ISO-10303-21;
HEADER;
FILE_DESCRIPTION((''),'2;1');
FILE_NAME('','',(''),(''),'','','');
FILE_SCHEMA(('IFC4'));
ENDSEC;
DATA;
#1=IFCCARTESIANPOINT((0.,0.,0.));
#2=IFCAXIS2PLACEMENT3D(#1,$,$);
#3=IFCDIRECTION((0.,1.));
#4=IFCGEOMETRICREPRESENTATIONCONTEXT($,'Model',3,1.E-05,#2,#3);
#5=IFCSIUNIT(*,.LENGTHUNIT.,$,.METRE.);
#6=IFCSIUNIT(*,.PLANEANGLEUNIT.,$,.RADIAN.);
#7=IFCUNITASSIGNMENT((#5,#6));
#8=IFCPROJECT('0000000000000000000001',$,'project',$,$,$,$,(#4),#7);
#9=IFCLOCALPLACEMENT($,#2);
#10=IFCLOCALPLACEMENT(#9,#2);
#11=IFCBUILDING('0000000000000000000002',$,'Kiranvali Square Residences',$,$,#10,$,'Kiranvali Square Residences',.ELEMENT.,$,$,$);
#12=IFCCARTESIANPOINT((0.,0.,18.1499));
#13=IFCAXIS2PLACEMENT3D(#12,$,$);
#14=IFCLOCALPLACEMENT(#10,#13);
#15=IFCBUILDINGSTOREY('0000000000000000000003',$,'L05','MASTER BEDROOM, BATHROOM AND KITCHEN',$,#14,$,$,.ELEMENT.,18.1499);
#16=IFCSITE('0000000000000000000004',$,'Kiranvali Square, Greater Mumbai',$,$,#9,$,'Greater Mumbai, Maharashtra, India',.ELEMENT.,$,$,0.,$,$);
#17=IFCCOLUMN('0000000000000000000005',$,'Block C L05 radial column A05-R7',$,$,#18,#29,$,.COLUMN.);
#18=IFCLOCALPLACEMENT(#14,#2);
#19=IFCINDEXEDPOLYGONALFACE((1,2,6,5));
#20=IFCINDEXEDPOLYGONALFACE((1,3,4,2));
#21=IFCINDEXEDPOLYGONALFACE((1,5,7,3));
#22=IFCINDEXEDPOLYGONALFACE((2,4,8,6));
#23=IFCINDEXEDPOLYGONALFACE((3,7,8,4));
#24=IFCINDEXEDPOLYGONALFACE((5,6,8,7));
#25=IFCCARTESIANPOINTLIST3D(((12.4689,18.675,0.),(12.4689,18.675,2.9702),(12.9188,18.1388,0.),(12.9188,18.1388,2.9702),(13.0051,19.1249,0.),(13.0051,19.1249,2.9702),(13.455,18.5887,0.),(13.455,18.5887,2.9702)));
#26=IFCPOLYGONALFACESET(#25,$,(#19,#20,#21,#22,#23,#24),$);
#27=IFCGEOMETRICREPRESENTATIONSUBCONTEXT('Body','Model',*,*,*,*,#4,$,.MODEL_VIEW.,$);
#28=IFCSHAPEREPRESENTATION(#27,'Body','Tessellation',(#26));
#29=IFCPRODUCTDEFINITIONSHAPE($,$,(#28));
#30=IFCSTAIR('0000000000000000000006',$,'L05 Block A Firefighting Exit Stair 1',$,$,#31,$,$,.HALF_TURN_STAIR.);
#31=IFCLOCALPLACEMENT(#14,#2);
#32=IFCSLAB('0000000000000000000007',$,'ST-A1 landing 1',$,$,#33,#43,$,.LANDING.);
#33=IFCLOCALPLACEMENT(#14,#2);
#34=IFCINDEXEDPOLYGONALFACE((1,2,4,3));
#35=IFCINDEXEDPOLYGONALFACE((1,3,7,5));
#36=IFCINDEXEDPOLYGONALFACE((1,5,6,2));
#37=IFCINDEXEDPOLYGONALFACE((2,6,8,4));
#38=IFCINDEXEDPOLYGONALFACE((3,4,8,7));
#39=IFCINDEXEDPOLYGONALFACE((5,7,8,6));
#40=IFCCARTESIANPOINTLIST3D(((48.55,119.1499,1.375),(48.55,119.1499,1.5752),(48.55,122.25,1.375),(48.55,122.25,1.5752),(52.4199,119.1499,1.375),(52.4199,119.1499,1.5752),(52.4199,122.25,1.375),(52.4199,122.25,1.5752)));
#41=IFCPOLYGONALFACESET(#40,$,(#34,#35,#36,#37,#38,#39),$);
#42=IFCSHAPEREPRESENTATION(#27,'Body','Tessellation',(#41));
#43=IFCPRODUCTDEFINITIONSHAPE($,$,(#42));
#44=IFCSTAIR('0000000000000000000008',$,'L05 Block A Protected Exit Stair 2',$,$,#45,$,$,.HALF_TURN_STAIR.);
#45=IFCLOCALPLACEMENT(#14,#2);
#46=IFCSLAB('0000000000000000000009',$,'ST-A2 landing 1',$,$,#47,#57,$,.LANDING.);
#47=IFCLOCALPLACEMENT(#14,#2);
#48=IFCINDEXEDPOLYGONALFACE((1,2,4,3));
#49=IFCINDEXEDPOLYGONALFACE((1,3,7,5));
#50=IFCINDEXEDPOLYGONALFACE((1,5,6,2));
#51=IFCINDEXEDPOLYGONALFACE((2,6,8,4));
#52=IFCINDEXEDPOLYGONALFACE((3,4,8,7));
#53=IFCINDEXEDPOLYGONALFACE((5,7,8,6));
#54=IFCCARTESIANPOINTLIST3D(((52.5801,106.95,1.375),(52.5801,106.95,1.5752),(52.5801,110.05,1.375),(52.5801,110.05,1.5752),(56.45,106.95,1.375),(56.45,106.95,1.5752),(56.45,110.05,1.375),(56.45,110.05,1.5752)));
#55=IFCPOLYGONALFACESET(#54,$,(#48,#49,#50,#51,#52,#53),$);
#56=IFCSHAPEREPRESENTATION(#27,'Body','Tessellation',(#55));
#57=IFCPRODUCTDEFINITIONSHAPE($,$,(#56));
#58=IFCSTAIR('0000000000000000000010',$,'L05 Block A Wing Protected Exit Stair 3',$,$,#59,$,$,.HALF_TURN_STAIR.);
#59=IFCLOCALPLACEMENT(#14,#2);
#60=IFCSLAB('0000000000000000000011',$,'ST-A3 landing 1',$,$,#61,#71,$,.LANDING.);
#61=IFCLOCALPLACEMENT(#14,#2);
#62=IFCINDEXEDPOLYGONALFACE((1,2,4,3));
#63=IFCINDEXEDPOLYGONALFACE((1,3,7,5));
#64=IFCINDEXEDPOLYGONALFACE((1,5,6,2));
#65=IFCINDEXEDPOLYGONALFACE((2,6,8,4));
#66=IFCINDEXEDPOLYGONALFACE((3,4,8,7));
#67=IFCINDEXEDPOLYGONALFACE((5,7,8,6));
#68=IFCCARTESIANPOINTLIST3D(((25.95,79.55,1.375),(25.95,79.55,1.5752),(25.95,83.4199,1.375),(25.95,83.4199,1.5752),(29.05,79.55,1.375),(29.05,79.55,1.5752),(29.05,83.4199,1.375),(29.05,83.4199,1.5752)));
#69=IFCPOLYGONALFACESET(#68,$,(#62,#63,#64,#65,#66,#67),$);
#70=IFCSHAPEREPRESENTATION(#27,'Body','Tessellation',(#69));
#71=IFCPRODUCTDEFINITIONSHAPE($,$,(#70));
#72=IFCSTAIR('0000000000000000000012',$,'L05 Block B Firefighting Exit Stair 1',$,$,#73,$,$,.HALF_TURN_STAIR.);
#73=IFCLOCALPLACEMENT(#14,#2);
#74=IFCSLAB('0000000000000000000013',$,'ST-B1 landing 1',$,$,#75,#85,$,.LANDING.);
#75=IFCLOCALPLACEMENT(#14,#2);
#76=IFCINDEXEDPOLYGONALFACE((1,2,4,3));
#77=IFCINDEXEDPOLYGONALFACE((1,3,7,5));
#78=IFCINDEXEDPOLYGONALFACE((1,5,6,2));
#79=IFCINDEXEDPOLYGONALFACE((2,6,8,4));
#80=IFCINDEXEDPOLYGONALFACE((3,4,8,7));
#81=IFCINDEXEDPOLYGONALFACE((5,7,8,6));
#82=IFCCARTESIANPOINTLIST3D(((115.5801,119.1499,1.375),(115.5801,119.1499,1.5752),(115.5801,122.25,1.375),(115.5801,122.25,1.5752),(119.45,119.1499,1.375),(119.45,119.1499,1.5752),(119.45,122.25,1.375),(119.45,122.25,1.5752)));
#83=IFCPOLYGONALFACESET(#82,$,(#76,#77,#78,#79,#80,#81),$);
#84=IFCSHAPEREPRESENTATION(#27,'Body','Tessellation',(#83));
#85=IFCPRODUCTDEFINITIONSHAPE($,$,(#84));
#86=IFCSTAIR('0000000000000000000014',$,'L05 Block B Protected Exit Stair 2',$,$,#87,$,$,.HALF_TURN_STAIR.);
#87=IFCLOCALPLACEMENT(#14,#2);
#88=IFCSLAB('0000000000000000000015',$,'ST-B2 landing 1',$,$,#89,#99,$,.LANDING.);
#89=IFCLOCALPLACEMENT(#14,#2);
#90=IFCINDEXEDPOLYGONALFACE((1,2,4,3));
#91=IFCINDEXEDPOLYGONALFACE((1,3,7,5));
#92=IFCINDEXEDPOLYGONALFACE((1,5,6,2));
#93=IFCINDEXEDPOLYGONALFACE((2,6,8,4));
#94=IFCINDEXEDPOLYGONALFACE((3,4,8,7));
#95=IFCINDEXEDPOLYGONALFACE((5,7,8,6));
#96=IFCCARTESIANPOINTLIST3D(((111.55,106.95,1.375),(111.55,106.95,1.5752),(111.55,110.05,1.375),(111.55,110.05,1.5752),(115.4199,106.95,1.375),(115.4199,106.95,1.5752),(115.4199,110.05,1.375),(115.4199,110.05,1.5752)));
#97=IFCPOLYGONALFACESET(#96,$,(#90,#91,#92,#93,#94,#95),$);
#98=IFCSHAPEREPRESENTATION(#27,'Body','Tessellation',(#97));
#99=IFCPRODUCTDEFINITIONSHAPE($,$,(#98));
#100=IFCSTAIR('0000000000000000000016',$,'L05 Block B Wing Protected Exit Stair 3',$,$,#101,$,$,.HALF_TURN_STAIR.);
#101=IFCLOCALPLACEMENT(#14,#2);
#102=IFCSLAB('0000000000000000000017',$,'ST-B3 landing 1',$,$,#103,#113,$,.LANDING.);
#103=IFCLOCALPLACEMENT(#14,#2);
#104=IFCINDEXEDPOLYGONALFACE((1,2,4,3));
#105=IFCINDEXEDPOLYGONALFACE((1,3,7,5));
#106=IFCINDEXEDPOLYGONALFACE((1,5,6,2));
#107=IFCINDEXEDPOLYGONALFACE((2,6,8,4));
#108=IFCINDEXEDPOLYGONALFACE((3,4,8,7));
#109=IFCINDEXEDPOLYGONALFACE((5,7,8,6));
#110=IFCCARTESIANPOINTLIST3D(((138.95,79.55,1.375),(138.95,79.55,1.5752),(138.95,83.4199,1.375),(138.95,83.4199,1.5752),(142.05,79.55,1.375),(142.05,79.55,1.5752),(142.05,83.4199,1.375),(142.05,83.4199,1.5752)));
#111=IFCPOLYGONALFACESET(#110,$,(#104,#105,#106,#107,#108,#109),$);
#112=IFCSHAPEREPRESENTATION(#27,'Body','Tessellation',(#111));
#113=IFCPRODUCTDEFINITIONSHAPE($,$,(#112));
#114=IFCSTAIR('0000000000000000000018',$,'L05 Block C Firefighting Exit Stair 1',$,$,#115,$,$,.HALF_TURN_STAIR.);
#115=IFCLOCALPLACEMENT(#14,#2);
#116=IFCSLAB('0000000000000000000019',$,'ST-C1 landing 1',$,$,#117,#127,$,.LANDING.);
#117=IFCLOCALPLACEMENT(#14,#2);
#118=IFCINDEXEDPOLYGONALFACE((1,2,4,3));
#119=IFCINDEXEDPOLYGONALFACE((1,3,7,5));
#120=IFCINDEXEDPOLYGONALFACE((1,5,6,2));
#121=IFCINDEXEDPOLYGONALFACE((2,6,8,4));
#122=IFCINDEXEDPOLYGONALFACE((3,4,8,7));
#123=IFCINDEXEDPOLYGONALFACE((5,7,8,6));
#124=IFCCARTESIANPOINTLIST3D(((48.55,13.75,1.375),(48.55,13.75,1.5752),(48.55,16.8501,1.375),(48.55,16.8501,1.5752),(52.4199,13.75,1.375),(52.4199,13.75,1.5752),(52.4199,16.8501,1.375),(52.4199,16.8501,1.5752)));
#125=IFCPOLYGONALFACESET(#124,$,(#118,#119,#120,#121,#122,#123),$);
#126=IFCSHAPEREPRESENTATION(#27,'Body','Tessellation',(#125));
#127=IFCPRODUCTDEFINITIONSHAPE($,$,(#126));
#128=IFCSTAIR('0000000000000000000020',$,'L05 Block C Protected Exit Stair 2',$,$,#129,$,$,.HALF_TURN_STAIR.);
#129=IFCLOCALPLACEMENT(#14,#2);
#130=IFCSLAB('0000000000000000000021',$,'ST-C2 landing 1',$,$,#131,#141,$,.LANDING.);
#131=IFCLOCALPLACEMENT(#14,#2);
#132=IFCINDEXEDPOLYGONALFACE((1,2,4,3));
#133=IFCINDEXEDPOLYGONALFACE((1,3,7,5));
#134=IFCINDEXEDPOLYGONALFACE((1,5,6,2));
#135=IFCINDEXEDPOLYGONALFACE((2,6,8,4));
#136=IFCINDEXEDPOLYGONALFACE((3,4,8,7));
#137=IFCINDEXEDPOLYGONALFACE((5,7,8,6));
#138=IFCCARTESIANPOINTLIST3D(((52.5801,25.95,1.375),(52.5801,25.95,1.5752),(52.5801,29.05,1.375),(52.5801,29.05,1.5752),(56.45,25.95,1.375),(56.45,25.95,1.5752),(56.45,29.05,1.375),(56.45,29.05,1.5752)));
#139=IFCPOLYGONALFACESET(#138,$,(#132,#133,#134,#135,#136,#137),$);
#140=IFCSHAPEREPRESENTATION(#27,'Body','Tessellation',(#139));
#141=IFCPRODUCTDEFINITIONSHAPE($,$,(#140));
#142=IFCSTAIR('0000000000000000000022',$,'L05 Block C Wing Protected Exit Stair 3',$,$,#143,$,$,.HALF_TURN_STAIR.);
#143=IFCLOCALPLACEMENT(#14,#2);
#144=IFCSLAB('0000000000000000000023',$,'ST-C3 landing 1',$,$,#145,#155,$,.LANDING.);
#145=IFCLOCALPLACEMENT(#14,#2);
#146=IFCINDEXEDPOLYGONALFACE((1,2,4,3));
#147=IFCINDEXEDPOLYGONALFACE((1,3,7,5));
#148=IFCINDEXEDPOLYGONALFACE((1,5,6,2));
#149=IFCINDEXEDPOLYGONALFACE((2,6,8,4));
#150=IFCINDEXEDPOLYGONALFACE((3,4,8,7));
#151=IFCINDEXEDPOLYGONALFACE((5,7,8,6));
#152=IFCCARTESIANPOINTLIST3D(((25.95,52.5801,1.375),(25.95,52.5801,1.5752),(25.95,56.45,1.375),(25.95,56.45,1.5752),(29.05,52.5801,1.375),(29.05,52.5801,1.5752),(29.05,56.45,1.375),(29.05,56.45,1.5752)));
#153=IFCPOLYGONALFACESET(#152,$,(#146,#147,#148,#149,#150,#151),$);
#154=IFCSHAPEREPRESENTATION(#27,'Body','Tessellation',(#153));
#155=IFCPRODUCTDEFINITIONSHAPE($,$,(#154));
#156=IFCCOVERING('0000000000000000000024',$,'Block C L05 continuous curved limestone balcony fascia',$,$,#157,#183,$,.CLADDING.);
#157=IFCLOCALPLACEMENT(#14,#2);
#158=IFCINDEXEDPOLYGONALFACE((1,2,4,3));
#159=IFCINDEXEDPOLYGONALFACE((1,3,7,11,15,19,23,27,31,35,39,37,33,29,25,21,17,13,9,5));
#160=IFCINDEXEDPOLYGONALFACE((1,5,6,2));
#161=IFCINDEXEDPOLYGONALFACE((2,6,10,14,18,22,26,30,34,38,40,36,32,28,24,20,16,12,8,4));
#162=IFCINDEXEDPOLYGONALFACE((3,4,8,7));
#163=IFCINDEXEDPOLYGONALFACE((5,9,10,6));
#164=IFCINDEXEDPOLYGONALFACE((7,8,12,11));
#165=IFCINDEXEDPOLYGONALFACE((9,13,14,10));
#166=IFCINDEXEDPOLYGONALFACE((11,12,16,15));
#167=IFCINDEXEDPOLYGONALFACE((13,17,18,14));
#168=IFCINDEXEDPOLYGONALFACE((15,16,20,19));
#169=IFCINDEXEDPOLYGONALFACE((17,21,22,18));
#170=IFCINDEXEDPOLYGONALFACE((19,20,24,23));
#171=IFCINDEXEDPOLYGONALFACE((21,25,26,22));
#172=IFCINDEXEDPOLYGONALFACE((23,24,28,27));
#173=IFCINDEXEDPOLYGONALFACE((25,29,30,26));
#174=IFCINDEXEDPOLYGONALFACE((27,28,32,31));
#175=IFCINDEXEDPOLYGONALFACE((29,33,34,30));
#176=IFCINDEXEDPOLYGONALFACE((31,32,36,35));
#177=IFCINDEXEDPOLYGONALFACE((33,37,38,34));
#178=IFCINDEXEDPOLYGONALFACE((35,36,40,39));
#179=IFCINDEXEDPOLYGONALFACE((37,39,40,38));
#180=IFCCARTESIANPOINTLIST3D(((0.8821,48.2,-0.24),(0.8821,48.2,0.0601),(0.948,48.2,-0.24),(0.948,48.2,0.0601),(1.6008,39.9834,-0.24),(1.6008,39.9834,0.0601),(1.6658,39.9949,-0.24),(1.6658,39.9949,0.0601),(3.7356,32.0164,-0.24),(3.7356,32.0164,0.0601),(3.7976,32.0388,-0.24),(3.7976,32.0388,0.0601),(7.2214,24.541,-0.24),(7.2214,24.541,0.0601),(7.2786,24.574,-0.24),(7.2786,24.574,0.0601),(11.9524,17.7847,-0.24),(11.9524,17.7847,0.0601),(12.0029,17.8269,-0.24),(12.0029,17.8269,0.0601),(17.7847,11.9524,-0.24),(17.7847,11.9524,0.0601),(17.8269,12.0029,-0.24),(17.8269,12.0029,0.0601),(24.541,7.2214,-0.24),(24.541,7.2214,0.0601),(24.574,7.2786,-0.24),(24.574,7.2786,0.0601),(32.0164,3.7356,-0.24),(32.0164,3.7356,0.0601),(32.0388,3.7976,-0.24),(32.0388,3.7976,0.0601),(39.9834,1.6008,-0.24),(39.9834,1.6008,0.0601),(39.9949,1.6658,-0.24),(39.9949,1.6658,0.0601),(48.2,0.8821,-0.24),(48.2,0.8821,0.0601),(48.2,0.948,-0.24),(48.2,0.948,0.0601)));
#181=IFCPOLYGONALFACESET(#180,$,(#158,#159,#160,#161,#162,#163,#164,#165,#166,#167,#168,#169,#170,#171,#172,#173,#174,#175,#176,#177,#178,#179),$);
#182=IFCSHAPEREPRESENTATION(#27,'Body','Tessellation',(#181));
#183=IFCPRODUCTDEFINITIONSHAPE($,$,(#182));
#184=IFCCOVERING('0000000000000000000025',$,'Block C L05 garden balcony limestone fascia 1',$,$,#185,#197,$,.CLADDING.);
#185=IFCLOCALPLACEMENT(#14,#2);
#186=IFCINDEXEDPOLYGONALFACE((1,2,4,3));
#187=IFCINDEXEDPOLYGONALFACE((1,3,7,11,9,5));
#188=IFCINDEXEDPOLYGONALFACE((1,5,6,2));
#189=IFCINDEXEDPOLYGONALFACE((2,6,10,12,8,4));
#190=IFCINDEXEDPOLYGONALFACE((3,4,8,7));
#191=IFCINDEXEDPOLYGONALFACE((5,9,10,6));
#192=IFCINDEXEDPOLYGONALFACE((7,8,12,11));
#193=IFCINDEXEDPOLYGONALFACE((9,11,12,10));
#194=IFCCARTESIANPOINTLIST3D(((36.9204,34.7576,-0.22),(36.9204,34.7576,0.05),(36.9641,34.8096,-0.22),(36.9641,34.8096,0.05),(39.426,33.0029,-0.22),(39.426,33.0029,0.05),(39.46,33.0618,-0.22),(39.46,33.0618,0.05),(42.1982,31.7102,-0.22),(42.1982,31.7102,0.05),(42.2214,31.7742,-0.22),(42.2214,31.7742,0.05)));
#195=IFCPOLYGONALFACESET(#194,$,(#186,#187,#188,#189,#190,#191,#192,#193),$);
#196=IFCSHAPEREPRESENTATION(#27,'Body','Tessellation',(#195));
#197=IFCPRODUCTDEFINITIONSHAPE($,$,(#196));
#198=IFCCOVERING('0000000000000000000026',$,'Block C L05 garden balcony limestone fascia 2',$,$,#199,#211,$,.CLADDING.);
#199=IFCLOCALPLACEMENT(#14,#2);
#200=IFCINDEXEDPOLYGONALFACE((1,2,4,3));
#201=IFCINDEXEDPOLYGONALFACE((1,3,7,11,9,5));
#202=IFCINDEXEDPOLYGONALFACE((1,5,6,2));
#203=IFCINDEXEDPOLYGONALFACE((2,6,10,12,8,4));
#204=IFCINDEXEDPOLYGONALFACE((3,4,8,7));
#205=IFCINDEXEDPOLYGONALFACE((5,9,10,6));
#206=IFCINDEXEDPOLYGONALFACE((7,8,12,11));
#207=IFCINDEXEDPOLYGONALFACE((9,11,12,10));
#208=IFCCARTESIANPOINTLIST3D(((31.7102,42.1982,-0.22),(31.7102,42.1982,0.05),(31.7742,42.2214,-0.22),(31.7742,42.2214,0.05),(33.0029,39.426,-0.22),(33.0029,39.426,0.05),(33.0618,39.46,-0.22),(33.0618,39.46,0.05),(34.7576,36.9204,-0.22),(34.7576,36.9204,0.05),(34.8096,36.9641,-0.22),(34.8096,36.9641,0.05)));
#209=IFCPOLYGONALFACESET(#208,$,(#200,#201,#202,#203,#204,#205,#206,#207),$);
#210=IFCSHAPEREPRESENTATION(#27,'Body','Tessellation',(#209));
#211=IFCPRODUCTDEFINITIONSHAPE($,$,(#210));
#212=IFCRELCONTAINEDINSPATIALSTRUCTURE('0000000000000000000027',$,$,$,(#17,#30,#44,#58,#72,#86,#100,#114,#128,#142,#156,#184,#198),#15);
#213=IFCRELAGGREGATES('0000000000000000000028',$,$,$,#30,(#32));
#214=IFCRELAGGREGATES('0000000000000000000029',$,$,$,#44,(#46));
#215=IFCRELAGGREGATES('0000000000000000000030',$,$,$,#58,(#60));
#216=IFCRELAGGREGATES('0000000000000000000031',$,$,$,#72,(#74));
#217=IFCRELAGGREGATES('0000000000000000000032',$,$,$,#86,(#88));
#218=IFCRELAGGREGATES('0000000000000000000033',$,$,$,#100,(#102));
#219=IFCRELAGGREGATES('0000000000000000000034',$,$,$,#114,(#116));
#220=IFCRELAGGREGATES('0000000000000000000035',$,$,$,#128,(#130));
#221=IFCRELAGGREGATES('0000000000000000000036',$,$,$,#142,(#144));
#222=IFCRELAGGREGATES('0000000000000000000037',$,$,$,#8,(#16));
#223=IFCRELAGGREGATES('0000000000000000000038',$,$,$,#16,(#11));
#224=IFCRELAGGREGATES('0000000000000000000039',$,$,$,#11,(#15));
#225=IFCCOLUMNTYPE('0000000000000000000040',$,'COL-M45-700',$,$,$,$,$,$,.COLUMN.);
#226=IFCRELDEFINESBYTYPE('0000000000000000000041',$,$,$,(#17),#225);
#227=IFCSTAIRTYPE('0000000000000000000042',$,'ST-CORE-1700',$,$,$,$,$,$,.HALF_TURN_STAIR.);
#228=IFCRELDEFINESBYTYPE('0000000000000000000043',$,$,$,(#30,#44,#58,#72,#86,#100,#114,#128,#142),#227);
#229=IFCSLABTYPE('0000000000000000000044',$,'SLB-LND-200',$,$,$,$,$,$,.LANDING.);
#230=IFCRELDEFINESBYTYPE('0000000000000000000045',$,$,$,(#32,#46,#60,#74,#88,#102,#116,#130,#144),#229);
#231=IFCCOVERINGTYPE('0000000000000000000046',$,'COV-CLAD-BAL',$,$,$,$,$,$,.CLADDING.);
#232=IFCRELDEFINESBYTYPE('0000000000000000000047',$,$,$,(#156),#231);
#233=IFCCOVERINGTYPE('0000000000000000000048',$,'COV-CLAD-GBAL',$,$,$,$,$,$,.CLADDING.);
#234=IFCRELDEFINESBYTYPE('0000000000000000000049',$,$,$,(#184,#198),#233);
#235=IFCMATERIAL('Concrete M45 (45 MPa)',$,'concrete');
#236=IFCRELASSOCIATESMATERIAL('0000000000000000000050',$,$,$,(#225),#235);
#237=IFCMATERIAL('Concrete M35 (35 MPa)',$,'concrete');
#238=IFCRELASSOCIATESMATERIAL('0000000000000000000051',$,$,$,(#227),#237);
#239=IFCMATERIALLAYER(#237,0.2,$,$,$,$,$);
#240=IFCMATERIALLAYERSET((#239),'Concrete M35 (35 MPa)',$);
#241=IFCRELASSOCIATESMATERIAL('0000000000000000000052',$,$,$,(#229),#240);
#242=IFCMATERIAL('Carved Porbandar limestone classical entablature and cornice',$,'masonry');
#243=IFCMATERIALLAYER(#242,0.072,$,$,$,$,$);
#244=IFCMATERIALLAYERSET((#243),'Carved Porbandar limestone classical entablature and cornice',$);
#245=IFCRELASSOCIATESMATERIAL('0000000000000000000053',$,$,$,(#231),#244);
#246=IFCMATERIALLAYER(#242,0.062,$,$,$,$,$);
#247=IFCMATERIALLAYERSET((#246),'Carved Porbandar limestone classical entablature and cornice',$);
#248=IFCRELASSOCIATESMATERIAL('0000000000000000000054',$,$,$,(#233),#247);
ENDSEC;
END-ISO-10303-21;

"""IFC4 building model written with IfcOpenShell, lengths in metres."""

from ifc_helpers import new_model, si_unit, direction, frame, origin, origin_2d, place, context, subcontext, project, spatial, polyline, rectangle, outline, extrude, material, layer, layer_set, material_profile, profile_set, type_object, element, aggregate, save


model = new_model("IFC4")

# Units and contexts
model_context = context("Model", 3, precision=1e-05, world=origin(), true_north=direction((0.0, 1.0)))
body_context = subcontext(model_context, "Body", "Model", "MODEL_VIEW")
ifc_project = project(units=[si_unit("LENGTHUNIT", "METRE"), si_unit("PLANEANGLEUNIT", "RADIAN")], contexts=[model_context])

# Site, building, storey
site_placement = place(None, origin())
site = spatial("IfcSite", under=ifc_project, at=site_placement, Name="Kiranvali Square, Greater Mumbai", LongName="Greater Mumbai, Maharashtra, India", CompositionType="ELEMENT", RefElevation=0.0)
building_placement = place(site_placement, origin())
building = spatial("IfcBuilding", under=site, at=building_placement, Name="Kiranvali Square Residences", LongName="Kiranvali Square Residences", CompositionType="ELEMENT")
storey_placement = place(building_placement, frame((0.0, 0.0, 18.1499)))
storey = spatial("IfcBuildingStorey", under=building, at=storey_placement, Name="L05", Description="MASTER BEDROOM, BATHROOM AND KITCHEN", CompositionType="ELEMENT", Elevation=18.1499)

# Column
ifc_material_1 = material(Name="Concrete M45 (45 MPa)", Category="concrete")
ifc_material_profile = material_profile(ifc_material_1, rectangle(XDim=0.7, YDim=0.7, at=origin_2d()), Name="RC 700x700")
ifc_profile_set = profile_set([ifc_material_profile], Name="Concrete M45 (45 MPa)")
column_type = type_object("IfcColumnType", Name="COL-M45-700", PredefinedType="COLUMN", material=ifc_profile_set)
column_placement = place(storey_placement, frame((12.9619, 18.6318, 0.0), z_axis=(0.0, 0.0, 1.0), x_axis=(-0.642788, 0.766044, 0.0)))
element("IfcColumn", 1, at=column_placement, inside=storey, type_object=column_type, Name="Block C L05 radial column A05-R7", PredefinedType="COLUMN", context=body_context, shape_type="SweptSolid", body=[
    extrude(rectangle(XDim=0.7, YDim=0.7, at=origin_2d()), origin(), (0.0, 0.0, 1.0), 2.9702),
])

# Stairs, slabs
ifc_material_2 = material(Name="Concrete M35 (35 MPa)", Category="concrete")
stair_type = type_object("IfcStairType", Name="ST-CORE-1700", PredefinedType="HALF_TURN_STAIR", material=ifc_material_2)
stair_1_placement = place(storey_placement, origin())
stair_1 = element("IfcStair", 2, at=stair_1_placement, inside=storey, type_object=stair_type, Name="L05 Block A Firefighting Exit Stair 1", PredefinedType="HALF_TURN_STAIR")
ifc_layer_1 = layer(ifc_material_2, 0.2)
ifc_layer_set_1 = layer_set([ifc_layer_1], Name="Concrete M35 (35 MPa)")
slab_type = type_object("IfcSlabType", Name="SLB-LND-200", PredefinedType="LANDING", material=ifc_layer_set_1)
slab_1_placement = place(storey_placement, frame((0.0, 0.0, 1.375)))
slab_1 = element("IfcSlab", 3, at=slab_1_placement, type_object=slab_type, Name="ST-A1 landing 1", PredefinedType="LANDING", context=body_context, shape_type="SweptSolid", body=[
    extrude(outline(polyline([(52.4199, 122.25), (48.55, 122.25), (48.55, 119.1499), (52.4199, 119.1499), (52.4199, 122.25)])), origin(), (0.0, 0.0, 1.0), 0.2002),
])
aggregate(stair_1, [slab_1])
stair_2_placement = place(storey_placement, origin())
stair_2 = element("IfcStair", 4, at=stair_2_placement, inside=storey, type_object=stair_type, Name="L05 Block A Protected Exit Stair 2", PredefinedType="HALF_TURN_STAIR")
slab_2_placement = place(storey_placement, frame((0.0, 0.0, 1.375)))
slab_2 = element("IfcSlab", 5, at=slab_2_placement, type_object=slab_type, Name="ST-A2 landing 1", PredefinedType="LANDING", context=body_context, shape_type="SweptSolid", body=[
    extrude(outline(polyline([(52.5801, 106.95), (56.45, 106.95), (56.45, 110.05), (52.5801, 110.05), (52.5801, 106.95)])), origin(), (0.0, 0.0, 1.0), 0.2002),
])
aggregate(stair_2, [slab_2])
stair_3_placement = place(storey_placement, origin())
stair_3 = element("IfcStair", 6, at=stair_3_placement, inside=storey, type_object=stair_type, Name="L05 Block A Wing Protected Exit Stair 3", PredefinedType="HALF_TURN_STAIR")
slab_3_placement = place(storey_placement, frame((0.0, 0.0, 1.375)))
slab_3 = element("IfcSlab", 7, at=slab_3_placement, type_object=slab_type, Name="ST-A3 landing 1", PredefinedType="LANDING", context=body_context, shape_type="SweptSolid", body=[
    extrude(outline(polyline([(25.95, 83.4199), (25.95, 79.55), (29.05, 79.55), (29.05, 83.4199), (25.95, 83.4199)])), origin(), (0.0, 0.0, 1.0), 0.2002),
])
aggregate(stair_3, [slab_3])
stair_4_placement = place(storey_placement, origin())
stair_4 = element("IfcStair", 8, at=stair_4_placement, inside=storey, type_object=stair_type, Name="L05 Block B Firefighting Exit Stair 1", PredefinedType="HALF_TURN_STAIR")
slab_4_placement = place(storey_placement, frame((0.0, 0.0, 1.375)))
slab_4 = element("IfcSlab", 9, at=slab_4_placement, type_object=slab_type, Name="ST-B1 landing 1", PredefinedType="LANDING", context=body_context, shape_type="SweptSolid", body=[
    extrude(outline(polyline([(115.5801, 119.1499), (119.45, 119.1499), (119.45, 122.25), (115.5801, 122.25), (115.5801, 119.1499)])), origin(), (0.0, 0.0, 1.0), 0.2002),
])
aggregate(stair_4, [slab_4])
stair_5_placement = place(storey_placement, origin())
stair_5 = element("IfcStair", 10, at=stair_5_placement, inside=storey, type_object=stair_type, Name="L05 Block B Protected Exit Stair 2", PredefinedType="HALF_TURN_STAIR")
slab_5_placement = place(storey_placement, frame((0.0, 0.0, 1.375)))
slab_5 = element("IfcSlab", 11, at=slab_5_placement, type_object=slab_type, Name="ST-B2 landing 1", PredefinedType="LANDING", context=body_context, shape_type="SweptSolid", body=[
    extrude(outline(polyline([(115.4199, 110.05), (111.55, 110.05), (111.55, 106.95), (115.4199, 106.95), (115.4199, 110.05)])), origin(), (0.0, 0.0, 1.0), 0.2002),
])
aggregate(stair_5, [slab_5])
stair_6_placement = place(storey_placement, origin())
stair_6 = element("IfcStair", 12, at=stair_6_placement, inside=storey, type_object=stair_type, Name="L05 Block B Wing Protected Exit Stair 3", PredefinedType="HALF_TURN_STAIR")
slab_6_placement = place(storey_placement, frame((0.0, 0.0, 1.375)))
slab_6 = element("IfcSlab", 13, at=slab_6_placement, type_object=slab_type, Name="ST-B3 landing 1", PredefinedType="LANDING", context=body_context, shape_type="SweptSolid", body=[
    extrude(outline(polyline([(138.95, 83.4199), (138.95, 79.55), (142.05, 79.55), (142.05, 83.4199), (138.95, 83.4199)])), origin(), (0.0, 0.0, 1.0), 0.2002),
])
aggregate(stair_6, [slab_6])
stair_7_placement = place(storey_placement, origin())
stair_7 = element("IfcStair", 14, at=stair_7_placement, inside=storey, type_object=stair_type, Name="L05 Block C Firefighting Exit Stair 1", PredefinedType="HALF_TURN_STAIR")
slab_7_placement = place(storey_placement, frame((0.0, 0.0, 1.375)))
slab_7 = element("IfcSlab", 15, at=slab_7_placement, type_object=slab_type, Name="ST-C1 landing 1", PredefinedType="LANDING", context=body_context, shape_type="SweptSolid", body=[
    extrude(outline(polyline([(52.4199, 16.8501), (48.55, 16.8501), (48.55, 13.75), (52.4199, 13.75), (52.4199, 16.8501)])), origin(), (0.0, 0.0, 1.0), 0.2002),
])
aggregate(stair_7, [slab_7])
stair_8_placement = place(storey_placement, origin())
stair_8 = element("IfcStair", 16, at=stair_8_placement, inside=storey, type_object=stair_type, Name="L05 Block C Protected Exit Stair 2", PredefinedType="HALF_TURN_STAIR")
slab_8_placement = place(storey_placement, frame((0.0, 0.0, 1.375)))
slab_8 = element("IfcSlab", 17, at=slab_8_placement, type_object=slab_type, Name="ST-C2 landing 1", PredefinedType="LANDING", context=body_context, shape_type="SweptSolid", body=[
    extrude(outline(polyline([(52.5801, 25.95), (56.45, 25.95), (56.45, 29.05), (52.5801, 29.05), (52.5801, 25.95)])), origin(), (0.0, 0.0, 1.0), 0.2002),
])
aggregate(stair_8, [slab_8])
stair_9_placement = place(storey_placement, origin())
stair_9 = element("IfcStair", 18, at=stair_9_placement, inside=storey, type_object=stair_type, Name="L05 Block C Wing Protected Exit Stair 3", PredefinedType="HALF_TURN_STAIR")
slab_9_placement = place(storey_placement, frame((0.0, 0.0, 1.375)))
slab_9 = element("IfcSlab", 19, at=slab_9_placement, type_object=slab_type, Name="ST-C3 landing 1", PredefinedType="LANDING", context=body_context, shape_type="SweptSolid", body=[
    extrude(outline(polyline([(29.05, 52.5801), (29.05, 56.45), (25.95, 56.45), (25.95, 52.5801), (29.05, 52.5801)])), origin(), (0.0, 0.0, 1.0), 0.2002),
])
aggregate(stair_9, [slab_9])

# Coverings
ifc_material_3 = material(Name="Carved Porbandar limestone classical entablature and cornice", Category="masonry")
ifc_layer_2 = layer(ifc_material_3, 0.072)
ifc_layer_set_2 = layer_set([ifc_layer_2], Name="Carved Porbandar limestone classical entablature and cornice")
covering_type_1 = type_object("IfcCoveringType", Name="COV-CLAD-BAL", PredefinedType="CLADDING", material=ifc_layer_set_2)
covering_1_placement = place(storey_placement, frame((0.0, 0.0, -0.24)))
element("IfcCovering", 20, at=covering_1_placement, inside=storey, type_object=covering_type_1, Name="Block C L05 continuous curved limestone balcony fascia", PredefinedType="CLADDING", context=body_context, shape_type="SweptSolid", body=[
    extrude(outline(polyline([(48.2, 0.948), (39.9949, 1.6658), (32.0388, 3.7976), (24.574, 7.2786), (17.8269, 12.0029), (12.0029, 17.8269), (7.2786, 24.574), (3.7976, 32.0388), (1.6658, 39.9949), (0.948, 48.2), (0.8821, 48.2), (1.6008, 39.9834), (3.7356, 32.0164), (7.2214, 24.541), (11.9524, 17.7847), (17.7847, 11.9524), (24.541, 7.2214), (32.0164, 3.7356), (39.9834, 1.6008), (48.2, 0.8821), (48.2, 0.948)])), origin(), (0.0, 0.0, 1.0), 0.3),
])
ifc_layer_3 = layer(ifc_material_3, 0.062)
ifc_layer_set_3 = layer_set([ifc_layer_3], Name="Carved Porbandar limestone classical entablature and cornice")
covering_type_2 = type_object("IfcCoveringType", Name="COV-CLAD-GBAL", PredefinedType="CLADDING", material=ifc_layer_set_3)
covering_2_placement = place(storey_placement, frame((0.0, 0.0, -0.22)))
element("IfcCovering", 21, at=covering_2_placement, inside=storey, type_object=covering_type_2, Name="Block C L05 garden balcony limestone fascia 1", PredefinedType="CLADDING", context=body_context, shape_type="SweptSolid", body=[
    extrude(outline(polyline([(42.2214, 31.7742), (39.46, 33.0618), (36.9641, 34.8096), (36.9204, 34.7576), (39.426, 33.0029), (42.1982, 31.7102), (42.2214, 31.7742)])), origin(), (0.0, 0.0, 1.0), 0.27),
])
covering_3_placement = place(storey_placement, frame((0.0, 0.0, -0.22)))
element("IfcCovering", 22, at=covering_3_placement, inside=storey, type_object=covering_type_2, Name="Block C L05 garden balcony limestone fascia 2", PredefinedType="CLADDING", context=body_context, shape_type="SweptSolid", body=[
    extrude(outline(polyline([(34.8096, 36.9641), (33.0618, 39.46), (31.7742, 42.2214), (31.7102, 42.1982), (33.0029, 39.426), (34.7576, 36.9204), (34.8096, 36.9641)])), origin(), (0.0, 0.0, 1.0), 0.27),
])

save(model, "model.ifc")
